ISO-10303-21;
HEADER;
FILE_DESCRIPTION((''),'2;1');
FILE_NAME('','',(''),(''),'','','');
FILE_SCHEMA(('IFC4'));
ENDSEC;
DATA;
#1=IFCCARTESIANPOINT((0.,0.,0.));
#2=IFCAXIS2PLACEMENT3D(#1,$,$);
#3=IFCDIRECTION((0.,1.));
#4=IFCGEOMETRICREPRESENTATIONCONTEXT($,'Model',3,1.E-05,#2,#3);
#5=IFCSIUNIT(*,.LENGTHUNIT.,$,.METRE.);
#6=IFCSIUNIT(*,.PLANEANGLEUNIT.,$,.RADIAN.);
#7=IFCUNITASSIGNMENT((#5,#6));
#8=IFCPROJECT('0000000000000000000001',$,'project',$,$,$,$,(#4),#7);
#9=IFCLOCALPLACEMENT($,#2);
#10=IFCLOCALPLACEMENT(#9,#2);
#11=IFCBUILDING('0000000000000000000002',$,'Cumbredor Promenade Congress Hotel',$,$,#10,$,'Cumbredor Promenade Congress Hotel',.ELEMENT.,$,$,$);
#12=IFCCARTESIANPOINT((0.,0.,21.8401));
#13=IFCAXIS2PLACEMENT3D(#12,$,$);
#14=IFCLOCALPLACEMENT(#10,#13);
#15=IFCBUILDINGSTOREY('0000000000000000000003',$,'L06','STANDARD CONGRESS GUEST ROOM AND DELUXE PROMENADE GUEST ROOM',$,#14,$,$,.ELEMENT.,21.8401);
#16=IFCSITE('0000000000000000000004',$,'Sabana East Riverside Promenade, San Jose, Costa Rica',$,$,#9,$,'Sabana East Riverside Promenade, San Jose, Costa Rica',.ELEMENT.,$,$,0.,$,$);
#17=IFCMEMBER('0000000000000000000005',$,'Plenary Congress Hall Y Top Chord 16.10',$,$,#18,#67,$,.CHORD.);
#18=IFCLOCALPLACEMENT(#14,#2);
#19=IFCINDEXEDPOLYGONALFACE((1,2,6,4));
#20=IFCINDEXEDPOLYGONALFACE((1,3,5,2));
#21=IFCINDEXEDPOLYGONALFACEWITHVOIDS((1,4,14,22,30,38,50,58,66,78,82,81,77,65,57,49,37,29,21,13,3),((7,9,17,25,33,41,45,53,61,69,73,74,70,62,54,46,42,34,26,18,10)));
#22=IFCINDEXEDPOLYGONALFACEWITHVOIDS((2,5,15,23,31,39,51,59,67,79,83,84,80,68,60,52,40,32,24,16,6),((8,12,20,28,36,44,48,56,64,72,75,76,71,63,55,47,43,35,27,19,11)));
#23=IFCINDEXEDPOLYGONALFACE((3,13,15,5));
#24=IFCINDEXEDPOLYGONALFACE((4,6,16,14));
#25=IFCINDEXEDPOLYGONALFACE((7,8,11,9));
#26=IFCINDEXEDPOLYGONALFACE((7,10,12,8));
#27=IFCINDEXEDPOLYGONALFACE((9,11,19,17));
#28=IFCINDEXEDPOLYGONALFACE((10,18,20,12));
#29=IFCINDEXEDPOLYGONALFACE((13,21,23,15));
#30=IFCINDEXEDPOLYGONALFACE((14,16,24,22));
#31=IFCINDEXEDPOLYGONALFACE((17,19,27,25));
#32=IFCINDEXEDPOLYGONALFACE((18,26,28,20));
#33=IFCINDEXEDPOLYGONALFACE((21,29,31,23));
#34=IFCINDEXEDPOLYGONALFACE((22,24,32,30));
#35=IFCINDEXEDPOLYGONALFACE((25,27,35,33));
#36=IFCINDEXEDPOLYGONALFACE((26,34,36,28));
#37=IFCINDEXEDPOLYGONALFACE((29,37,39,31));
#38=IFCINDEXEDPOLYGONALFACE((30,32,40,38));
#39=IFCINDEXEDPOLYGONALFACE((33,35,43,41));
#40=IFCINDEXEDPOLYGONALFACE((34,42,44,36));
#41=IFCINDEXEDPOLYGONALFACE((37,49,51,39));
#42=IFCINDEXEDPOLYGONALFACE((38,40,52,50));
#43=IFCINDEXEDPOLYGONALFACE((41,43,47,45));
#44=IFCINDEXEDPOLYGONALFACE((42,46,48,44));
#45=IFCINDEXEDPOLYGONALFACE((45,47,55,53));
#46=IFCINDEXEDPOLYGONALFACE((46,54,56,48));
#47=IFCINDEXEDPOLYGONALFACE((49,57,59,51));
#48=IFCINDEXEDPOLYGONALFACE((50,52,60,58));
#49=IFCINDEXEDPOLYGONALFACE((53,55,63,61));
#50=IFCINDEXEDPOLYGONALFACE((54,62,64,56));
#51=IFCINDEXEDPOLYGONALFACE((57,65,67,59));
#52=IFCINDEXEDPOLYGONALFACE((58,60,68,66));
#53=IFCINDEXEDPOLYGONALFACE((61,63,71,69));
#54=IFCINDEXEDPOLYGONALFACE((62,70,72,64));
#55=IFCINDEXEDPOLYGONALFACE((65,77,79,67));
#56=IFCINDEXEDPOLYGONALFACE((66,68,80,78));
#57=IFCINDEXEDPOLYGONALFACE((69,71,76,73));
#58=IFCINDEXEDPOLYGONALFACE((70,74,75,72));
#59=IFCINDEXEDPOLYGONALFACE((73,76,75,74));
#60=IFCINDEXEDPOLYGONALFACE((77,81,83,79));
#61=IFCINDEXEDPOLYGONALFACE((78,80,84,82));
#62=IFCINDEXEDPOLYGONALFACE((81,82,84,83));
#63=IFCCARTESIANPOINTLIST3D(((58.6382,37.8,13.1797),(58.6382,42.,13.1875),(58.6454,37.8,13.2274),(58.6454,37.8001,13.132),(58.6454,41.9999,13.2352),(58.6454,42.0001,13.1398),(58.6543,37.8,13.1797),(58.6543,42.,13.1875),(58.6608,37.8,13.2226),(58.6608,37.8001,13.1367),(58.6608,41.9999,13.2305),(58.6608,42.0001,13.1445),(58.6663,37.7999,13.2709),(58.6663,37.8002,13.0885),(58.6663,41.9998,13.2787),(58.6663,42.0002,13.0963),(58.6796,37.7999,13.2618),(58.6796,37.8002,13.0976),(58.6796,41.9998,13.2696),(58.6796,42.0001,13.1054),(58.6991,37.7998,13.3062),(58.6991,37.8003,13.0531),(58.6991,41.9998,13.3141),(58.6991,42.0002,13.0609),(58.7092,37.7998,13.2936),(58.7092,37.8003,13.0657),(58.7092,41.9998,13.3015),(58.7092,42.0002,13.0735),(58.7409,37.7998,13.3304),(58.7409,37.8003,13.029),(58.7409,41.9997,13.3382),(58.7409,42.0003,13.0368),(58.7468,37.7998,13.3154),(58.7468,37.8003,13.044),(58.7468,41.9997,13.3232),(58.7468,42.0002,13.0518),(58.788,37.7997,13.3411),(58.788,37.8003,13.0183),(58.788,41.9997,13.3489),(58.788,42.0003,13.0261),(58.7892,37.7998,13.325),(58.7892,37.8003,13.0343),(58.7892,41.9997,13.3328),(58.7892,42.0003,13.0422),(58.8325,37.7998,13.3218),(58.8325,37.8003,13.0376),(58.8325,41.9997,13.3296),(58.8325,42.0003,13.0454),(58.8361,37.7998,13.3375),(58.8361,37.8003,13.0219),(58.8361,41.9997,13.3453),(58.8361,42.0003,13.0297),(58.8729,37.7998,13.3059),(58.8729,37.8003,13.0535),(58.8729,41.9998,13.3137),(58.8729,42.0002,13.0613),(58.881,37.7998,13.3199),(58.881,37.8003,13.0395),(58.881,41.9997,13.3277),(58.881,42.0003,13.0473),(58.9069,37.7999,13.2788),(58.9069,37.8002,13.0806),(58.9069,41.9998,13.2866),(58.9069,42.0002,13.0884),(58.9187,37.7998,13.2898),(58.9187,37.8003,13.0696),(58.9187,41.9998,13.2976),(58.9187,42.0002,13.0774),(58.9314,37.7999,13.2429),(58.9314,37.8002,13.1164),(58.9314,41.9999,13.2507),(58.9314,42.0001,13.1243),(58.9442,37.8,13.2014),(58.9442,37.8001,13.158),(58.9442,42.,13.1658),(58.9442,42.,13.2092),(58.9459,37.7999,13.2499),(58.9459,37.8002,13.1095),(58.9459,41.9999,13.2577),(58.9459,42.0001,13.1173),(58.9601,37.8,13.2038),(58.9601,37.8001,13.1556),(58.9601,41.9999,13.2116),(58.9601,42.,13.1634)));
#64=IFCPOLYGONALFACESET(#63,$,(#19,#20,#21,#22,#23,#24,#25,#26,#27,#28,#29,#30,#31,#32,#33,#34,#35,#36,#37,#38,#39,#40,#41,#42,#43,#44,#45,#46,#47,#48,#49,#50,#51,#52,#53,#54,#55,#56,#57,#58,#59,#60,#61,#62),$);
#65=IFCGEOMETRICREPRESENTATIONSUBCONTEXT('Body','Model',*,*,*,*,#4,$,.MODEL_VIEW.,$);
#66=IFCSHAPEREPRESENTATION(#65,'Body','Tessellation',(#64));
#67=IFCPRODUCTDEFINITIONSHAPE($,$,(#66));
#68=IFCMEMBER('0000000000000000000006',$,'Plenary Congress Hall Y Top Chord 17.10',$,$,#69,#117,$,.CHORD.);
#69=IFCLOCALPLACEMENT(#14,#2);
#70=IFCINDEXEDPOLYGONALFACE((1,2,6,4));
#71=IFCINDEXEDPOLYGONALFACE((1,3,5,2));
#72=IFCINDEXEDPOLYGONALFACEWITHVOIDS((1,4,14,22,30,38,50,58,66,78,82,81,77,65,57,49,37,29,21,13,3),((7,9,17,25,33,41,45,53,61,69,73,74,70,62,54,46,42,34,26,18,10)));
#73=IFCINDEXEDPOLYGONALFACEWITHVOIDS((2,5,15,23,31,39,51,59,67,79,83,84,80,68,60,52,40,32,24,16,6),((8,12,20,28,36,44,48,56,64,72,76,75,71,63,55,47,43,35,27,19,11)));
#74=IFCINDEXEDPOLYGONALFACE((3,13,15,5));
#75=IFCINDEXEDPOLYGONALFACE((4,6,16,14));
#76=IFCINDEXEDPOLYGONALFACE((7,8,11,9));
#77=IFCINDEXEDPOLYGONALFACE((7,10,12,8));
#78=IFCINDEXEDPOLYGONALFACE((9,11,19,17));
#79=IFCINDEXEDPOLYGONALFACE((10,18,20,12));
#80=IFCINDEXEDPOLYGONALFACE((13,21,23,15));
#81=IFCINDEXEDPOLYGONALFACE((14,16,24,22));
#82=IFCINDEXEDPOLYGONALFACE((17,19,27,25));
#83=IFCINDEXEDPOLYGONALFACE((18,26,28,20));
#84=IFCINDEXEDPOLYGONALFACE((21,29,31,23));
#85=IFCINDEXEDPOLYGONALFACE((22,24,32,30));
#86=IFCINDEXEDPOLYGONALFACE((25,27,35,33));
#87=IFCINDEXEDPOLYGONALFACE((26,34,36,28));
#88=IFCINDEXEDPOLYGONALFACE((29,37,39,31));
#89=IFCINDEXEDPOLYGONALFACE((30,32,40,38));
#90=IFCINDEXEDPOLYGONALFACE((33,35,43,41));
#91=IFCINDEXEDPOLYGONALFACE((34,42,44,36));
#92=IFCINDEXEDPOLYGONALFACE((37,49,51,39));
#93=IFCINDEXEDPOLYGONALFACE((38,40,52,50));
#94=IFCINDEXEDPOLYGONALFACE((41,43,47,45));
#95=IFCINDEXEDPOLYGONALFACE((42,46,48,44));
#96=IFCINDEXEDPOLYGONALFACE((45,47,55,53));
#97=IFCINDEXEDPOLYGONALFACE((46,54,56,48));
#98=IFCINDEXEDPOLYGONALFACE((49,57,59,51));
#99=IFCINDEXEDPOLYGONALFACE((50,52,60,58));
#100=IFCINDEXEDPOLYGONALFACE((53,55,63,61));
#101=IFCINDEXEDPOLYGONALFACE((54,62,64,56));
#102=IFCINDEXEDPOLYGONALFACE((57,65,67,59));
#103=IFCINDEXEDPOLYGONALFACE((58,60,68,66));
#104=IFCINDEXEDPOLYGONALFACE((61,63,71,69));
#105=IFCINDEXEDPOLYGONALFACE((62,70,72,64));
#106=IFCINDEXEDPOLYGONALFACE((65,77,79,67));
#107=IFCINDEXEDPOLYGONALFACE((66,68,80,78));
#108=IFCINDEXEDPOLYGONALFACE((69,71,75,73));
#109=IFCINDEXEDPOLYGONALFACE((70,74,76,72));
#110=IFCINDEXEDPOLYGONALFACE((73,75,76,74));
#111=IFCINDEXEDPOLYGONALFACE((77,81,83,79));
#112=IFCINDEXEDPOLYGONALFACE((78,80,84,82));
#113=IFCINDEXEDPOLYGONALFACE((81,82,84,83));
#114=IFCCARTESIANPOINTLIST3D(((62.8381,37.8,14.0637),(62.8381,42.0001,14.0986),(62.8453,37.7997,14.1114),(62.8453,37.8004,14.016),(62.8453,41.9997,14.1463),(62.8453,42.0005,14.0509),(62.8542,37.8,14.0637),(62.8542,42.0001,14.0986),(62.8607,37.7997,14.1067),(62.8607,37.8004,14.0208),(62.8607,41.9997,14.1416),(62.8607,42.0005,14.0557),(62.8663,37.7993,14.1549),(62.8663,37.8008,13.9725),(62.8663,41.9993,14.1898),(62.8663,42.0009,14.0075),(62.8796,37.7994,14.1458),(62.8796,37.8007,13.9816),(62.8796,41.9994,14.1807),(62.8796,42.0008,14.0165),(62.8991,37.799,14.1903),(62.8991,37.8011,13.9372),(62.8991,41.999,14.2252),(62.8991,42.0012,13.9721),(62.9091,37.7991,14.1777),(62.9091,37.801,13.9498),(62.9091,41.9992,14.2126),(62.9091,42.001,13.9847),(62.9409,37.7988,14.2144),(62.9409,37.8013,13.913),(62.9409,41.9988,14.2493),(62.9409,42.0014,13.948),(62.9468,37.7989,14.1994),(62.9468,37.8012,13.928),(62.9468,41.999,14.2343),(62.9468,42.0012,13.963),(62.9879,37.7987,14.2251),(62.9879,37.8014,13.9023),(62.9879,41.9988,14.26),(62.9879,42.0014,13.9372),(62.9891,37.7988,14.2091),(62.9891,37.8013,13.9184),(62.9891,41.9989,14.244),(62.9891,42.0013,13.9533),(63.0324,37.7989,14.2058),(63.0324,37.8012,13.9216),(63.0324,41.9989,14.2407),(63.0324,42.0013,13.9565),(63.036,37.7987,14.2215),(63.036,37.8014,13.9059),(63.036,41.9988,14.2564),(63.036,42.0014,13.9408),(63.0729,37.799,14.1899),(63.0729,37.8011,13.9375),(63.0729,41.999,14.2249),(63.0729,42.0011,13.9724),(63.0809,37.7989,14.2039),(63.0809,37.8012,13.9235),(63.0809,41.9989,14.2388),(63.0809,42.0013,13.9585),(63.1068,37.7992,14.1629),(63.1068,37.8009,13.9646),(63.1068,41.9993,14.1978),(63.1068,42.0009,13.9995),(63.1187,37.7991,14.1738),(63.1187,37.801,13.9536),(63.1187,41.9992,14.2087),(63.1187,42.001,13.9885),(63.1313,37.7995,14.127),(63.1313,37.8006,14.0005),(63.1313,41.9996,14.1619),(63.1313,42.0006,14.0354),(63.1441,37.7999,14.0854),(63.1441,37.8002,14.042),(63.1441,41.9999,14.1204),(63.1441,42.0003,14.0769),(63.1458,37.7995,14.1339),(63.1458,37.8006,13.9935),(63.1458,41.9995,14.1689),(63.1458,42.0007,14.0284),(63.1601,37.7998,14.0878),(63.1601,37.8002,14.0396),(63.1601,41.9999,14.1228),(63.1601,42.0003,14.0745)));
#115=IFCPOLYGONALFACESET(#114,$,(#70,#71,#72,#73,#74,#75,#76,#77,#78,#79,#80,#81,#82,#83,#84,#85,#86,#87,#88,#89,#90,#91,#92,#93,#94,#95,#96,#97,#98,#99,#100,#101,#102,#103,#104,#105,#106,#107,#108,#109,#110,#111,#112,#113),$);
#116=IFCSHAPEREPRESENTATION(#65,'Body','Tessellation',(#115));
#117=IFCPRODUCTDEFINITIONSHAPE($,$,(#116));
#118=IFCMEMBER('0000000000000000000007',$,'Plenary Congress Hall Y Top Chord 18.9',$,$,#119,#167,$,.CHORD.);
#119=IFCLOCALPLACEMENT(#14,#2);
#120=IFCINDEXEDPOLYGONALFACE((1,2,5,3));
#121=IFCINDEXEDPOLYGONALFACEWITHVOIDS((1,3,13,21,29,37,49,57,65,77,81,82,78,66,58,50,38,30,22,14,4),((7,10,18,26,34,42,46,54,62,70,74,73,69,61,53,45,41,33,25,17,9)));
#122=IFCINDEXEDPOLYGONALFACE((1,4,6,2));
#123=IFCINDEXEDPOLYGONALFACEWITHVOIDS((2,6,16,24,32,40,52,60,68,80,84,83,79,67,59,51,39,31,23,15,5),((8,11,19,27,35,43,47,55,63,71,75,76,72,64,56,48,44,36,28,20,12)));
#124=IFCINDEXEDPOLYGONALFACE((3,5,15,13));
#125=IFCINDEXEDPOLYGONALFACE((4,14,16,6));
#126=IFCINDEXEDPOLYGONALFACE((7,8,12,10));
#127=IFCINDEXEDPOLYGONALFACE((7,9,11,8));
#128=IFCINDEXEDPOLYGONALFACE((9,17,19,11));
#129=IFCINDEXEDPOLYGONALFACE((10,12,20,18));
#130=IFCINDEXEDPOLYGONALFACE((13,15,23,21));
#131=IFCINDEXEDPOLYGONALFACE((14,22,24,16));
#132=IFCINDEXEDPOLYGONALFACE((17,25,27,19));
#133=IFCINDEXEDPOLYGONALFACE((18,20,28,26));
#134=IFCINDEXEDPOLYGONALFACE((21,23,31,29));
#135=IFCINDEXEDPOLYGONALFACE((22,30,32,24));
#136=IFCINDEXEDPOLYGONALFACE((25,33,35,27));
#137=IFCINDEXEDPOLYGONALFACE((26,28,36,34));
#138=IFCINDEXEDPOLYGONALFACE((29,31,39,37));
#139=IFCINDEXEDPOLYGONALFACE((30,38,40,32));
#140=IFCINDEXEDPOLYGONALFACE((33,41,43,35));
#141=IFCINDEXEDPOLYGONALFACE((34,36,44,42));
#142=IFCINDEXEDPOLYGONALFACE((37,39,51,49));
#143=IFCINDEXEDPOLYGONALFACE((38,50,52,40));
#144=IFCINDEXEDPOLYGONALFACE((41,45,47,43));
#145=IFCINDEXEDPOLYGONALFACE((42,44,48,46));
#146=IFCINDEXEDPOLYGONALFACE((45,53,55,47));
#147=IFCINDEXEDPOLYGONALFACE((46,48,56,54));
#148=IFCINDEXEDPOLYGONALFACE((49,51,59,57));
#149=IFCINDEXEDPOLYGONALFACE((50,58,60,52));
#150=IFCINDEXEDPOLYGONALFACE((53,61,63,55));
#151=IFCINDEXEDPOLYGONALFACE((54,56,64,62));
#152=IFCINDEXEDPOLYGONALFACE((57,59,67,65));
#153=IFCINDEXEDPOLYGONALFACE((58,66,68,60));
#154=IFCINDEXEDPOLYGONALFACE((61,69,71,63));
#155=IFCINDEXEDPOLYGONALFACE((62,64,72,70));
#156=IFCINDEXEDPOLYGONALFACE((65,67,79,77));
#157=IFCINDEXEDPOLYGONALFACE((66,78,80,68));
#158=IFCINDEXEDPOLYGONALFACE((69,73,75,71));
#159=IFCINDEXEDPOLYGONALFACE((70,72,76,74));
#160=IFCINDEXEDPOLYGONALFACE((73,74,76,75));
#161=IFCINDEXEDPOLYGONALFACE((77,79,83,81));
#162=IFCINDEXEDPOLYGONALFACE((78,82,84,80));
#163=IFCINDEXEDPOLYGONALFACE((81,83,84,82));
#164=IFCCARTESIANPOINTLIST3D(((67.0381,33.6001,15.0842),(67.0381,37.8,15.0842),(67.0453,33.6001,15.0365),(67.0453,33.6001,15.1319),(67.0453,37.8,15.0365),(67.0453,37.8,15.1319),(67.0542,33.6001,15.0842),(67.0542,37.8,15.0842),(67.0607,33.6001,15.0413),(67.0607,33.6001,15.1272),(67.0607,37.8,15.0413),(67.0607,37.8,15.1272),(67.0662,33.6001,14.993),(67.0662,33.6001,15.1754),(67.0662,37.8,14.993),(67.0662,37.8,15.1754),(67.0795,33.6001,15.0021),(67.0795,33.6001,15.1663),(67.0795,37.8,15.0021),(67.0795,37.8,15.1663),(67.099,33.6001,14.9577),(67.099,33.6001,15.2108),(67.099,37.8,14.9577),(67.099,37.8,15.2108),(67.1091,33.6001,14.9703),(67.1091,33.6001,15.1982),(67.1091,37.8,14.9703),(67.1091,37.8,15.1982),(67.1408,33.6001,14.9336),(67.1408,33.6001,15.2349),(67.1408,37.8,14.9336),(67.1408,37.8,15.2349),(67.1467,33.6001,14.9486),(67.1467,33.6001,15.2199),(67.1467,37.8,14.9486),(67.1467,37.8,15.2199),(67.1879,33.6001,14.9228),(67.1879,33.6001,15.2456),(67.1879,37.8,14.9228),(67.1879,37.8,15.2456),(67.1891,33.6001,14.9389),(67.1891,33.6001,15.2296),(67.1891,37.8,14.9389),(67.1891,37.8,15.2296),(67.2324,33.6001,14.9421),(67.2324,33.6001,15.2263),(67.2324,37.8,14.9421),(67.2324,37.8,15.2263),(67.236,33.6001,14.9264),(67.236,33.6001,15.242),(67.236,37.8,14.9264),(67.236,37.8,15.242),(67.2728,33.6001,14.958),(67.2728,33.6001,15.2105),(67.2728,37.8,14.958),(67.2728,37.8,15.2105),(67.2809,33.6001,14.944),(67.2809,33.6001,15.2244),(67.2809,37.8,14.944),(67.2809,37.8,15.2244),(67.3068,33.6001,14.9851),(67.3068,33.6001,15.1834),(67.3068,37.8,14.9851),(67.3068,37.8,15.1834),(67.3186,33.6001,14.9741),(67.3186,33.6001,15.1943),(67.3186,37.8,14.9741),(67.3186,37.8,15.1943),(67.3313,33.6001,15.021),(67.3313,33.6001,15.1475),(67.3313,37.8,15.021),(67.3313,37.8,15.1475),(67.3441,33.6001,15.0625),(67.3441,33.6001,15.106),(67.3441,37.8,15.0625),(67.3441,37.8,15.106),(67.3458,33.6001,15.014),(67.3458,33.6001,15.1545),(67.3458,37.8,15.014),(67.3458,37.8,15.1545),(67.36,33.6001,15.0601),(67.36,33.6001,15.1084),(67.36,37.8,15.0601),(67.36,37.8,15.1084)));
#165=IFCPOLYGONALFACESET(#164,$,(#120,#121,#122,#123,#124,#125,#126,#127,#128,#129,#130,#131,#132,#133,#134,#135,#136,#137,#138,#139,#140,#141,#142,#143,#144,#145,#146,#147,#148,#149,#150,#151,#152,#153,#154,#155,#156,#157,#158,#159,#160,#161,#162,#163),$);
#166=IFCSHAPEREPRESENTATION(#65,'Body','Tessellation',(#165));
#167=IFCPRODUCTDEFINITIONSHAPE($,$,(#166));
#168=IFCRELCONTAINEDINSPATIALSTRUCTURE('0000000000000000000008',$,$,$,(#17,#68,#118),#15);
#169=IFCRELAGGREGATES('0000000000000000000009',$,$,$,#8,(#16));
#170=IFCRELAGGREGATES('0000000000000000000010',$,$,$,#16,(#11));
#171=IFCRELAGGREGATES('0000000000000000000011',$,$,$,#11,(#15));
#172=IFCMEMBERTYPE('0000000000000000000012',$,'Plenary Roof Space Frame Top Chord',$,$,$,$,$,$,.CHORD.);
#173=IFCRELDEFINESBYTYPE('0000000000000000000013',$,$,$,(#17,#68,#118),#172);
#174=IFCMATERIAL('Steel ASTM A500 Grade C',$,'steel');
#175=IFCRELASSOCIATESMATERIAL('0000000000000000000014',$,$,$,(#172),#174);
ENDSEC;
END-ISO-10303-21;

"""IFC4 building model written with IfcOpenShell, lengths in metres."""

from ifc_helpers import new_model, si_unit, direction, frame, origin, origin_2d, place, context, subcontext, project, spatial, hollow_circle, extrude, material, material_profile, profile_set, type_object, element, save


model = new_model("IFC4")

# Units and contexts
model_context = context("Model", 3, precision=1e-05, world=origin(), true_north=direction((0.0, 1.0)))
body_context = subcontext(model_context, "Body", "Model", "MODEL_VIEW")
ifc_project = project(units=[si_unit("LENGTHUNIT", "METRE"), si_unit("PLANEANGLEUNIT", "RADIAN")], contexts=[model_context])

# Site, building, storey
site_placement = place(None, origin())
site = spatial("IfcSite", under=ifc_project, at=site_placement, Name="Sabana East Riverside Promenade, San Jose, Costa Rica", LongName="Sabana East Riverside Promenade, San Jose, Costa Rica", CompositionType="ELEMENT", RefElevation=0.0)
building_placement = place(site_placement, origin())
building = spatial("IfcBuilding", under=site, at=building_placement, Name="Cumbredor Promenade Congress Hotel", LongName="Cumbredor Promenade Congress Hotel", CompositionType="ELEMENT")
storey_placement = place(building_placement, frame((0.0, 0.0, 21.8401)))
storey = spatial("IfcBuildingStorey", under=building, at=storey_placement, Name="L06", Description="STANDARD CONGRESS GUEST ROOM AND DELUXE PROMENADE GUEST ROOM", CompositionType="ELEMENT", Elevation=21.8401)

# Members
ifc_material_1 = material(Name="Steel ASTM A500 Grade C", Category="steel")
ifc_material_profile_1 = material_profile(ifc_material_1, hollow_circle(Radius=0.1619, WallThickness=0.0161, at=origin_2d()), Name="CHS 323.9x16")
ifc_profile_set_1 = profile_set([ifc_material_profile_1], Name="Steel ASTM A500 Grade C")
member_type_1 = type_object("IfcMemberType", Name="Plenary Roof Space Frame Top Chord", PredefinedType="CHORD", material=ifc_profile_set_1)
member_1_placement = place(storey_placement, frame((58.8, 37.8, 13.1797), z_axis=(0.0, 0.999998, 0.00186), x_axis=(-1.0, 0.0, 0.0)))
element("IfcMember", 1, at=member_1_placement, inside=storey, type_object=member_type_1, Name="Plenary Congress Hall Y Top Chord 16.10", PredefinedType="CHORD", context=body_context, shape_type="SweptSolid", body=[
    extrude(hollow_circle(Radius=0.1619, WallThickness=0.0161, at=origin_2d()), origin(), (0.0, 0.0, 1.0), 4.2),
])
member_2_placement = place(storey_placement, frame((63.0, 37.8, 14.0637), z_axis=(0.0, 0.999965, 0.008312), x_axis=(-1.0, 0.0, 0.0)))
element("IfcMember", 2, at=member_2_placement, inside=storey, type_object=member_type_1, Name="Plenary Congress Hall Y Top Chord 17.10", PredefinedType="CHORD", context=body_context, shape_type="SweptSolid", body=[
    extrude(hollow_circle(Radius=0.1619, WallThickness=0.0161, at=origin_2d()), origin(), (0.0, 0.0, 1.0), 4.2002),
])
member_3_placement = place(storey_placement, frame((67.2, 33.6001, 15.0842), z_axis=(0.0, 1.0, 0.0), x_axis=(-1.0, 0.0, 0.0)))
element("IfcMember", 3, at=member_3_placement, inside=storey, type_object=member_type_1, Name="Plenary Congress Hall Y Top Chord 18.9", PredefinedType="CHORD", context=body_context, shape_type="SweptSolid", body=[
    extrude(hollow_circle(Radius=0.1619, WallThickness=0.0161, at=origin_2d()), origin(), (0.0, 0.0, 1.0), 4.2),
])

save(model, "model.ifc")
